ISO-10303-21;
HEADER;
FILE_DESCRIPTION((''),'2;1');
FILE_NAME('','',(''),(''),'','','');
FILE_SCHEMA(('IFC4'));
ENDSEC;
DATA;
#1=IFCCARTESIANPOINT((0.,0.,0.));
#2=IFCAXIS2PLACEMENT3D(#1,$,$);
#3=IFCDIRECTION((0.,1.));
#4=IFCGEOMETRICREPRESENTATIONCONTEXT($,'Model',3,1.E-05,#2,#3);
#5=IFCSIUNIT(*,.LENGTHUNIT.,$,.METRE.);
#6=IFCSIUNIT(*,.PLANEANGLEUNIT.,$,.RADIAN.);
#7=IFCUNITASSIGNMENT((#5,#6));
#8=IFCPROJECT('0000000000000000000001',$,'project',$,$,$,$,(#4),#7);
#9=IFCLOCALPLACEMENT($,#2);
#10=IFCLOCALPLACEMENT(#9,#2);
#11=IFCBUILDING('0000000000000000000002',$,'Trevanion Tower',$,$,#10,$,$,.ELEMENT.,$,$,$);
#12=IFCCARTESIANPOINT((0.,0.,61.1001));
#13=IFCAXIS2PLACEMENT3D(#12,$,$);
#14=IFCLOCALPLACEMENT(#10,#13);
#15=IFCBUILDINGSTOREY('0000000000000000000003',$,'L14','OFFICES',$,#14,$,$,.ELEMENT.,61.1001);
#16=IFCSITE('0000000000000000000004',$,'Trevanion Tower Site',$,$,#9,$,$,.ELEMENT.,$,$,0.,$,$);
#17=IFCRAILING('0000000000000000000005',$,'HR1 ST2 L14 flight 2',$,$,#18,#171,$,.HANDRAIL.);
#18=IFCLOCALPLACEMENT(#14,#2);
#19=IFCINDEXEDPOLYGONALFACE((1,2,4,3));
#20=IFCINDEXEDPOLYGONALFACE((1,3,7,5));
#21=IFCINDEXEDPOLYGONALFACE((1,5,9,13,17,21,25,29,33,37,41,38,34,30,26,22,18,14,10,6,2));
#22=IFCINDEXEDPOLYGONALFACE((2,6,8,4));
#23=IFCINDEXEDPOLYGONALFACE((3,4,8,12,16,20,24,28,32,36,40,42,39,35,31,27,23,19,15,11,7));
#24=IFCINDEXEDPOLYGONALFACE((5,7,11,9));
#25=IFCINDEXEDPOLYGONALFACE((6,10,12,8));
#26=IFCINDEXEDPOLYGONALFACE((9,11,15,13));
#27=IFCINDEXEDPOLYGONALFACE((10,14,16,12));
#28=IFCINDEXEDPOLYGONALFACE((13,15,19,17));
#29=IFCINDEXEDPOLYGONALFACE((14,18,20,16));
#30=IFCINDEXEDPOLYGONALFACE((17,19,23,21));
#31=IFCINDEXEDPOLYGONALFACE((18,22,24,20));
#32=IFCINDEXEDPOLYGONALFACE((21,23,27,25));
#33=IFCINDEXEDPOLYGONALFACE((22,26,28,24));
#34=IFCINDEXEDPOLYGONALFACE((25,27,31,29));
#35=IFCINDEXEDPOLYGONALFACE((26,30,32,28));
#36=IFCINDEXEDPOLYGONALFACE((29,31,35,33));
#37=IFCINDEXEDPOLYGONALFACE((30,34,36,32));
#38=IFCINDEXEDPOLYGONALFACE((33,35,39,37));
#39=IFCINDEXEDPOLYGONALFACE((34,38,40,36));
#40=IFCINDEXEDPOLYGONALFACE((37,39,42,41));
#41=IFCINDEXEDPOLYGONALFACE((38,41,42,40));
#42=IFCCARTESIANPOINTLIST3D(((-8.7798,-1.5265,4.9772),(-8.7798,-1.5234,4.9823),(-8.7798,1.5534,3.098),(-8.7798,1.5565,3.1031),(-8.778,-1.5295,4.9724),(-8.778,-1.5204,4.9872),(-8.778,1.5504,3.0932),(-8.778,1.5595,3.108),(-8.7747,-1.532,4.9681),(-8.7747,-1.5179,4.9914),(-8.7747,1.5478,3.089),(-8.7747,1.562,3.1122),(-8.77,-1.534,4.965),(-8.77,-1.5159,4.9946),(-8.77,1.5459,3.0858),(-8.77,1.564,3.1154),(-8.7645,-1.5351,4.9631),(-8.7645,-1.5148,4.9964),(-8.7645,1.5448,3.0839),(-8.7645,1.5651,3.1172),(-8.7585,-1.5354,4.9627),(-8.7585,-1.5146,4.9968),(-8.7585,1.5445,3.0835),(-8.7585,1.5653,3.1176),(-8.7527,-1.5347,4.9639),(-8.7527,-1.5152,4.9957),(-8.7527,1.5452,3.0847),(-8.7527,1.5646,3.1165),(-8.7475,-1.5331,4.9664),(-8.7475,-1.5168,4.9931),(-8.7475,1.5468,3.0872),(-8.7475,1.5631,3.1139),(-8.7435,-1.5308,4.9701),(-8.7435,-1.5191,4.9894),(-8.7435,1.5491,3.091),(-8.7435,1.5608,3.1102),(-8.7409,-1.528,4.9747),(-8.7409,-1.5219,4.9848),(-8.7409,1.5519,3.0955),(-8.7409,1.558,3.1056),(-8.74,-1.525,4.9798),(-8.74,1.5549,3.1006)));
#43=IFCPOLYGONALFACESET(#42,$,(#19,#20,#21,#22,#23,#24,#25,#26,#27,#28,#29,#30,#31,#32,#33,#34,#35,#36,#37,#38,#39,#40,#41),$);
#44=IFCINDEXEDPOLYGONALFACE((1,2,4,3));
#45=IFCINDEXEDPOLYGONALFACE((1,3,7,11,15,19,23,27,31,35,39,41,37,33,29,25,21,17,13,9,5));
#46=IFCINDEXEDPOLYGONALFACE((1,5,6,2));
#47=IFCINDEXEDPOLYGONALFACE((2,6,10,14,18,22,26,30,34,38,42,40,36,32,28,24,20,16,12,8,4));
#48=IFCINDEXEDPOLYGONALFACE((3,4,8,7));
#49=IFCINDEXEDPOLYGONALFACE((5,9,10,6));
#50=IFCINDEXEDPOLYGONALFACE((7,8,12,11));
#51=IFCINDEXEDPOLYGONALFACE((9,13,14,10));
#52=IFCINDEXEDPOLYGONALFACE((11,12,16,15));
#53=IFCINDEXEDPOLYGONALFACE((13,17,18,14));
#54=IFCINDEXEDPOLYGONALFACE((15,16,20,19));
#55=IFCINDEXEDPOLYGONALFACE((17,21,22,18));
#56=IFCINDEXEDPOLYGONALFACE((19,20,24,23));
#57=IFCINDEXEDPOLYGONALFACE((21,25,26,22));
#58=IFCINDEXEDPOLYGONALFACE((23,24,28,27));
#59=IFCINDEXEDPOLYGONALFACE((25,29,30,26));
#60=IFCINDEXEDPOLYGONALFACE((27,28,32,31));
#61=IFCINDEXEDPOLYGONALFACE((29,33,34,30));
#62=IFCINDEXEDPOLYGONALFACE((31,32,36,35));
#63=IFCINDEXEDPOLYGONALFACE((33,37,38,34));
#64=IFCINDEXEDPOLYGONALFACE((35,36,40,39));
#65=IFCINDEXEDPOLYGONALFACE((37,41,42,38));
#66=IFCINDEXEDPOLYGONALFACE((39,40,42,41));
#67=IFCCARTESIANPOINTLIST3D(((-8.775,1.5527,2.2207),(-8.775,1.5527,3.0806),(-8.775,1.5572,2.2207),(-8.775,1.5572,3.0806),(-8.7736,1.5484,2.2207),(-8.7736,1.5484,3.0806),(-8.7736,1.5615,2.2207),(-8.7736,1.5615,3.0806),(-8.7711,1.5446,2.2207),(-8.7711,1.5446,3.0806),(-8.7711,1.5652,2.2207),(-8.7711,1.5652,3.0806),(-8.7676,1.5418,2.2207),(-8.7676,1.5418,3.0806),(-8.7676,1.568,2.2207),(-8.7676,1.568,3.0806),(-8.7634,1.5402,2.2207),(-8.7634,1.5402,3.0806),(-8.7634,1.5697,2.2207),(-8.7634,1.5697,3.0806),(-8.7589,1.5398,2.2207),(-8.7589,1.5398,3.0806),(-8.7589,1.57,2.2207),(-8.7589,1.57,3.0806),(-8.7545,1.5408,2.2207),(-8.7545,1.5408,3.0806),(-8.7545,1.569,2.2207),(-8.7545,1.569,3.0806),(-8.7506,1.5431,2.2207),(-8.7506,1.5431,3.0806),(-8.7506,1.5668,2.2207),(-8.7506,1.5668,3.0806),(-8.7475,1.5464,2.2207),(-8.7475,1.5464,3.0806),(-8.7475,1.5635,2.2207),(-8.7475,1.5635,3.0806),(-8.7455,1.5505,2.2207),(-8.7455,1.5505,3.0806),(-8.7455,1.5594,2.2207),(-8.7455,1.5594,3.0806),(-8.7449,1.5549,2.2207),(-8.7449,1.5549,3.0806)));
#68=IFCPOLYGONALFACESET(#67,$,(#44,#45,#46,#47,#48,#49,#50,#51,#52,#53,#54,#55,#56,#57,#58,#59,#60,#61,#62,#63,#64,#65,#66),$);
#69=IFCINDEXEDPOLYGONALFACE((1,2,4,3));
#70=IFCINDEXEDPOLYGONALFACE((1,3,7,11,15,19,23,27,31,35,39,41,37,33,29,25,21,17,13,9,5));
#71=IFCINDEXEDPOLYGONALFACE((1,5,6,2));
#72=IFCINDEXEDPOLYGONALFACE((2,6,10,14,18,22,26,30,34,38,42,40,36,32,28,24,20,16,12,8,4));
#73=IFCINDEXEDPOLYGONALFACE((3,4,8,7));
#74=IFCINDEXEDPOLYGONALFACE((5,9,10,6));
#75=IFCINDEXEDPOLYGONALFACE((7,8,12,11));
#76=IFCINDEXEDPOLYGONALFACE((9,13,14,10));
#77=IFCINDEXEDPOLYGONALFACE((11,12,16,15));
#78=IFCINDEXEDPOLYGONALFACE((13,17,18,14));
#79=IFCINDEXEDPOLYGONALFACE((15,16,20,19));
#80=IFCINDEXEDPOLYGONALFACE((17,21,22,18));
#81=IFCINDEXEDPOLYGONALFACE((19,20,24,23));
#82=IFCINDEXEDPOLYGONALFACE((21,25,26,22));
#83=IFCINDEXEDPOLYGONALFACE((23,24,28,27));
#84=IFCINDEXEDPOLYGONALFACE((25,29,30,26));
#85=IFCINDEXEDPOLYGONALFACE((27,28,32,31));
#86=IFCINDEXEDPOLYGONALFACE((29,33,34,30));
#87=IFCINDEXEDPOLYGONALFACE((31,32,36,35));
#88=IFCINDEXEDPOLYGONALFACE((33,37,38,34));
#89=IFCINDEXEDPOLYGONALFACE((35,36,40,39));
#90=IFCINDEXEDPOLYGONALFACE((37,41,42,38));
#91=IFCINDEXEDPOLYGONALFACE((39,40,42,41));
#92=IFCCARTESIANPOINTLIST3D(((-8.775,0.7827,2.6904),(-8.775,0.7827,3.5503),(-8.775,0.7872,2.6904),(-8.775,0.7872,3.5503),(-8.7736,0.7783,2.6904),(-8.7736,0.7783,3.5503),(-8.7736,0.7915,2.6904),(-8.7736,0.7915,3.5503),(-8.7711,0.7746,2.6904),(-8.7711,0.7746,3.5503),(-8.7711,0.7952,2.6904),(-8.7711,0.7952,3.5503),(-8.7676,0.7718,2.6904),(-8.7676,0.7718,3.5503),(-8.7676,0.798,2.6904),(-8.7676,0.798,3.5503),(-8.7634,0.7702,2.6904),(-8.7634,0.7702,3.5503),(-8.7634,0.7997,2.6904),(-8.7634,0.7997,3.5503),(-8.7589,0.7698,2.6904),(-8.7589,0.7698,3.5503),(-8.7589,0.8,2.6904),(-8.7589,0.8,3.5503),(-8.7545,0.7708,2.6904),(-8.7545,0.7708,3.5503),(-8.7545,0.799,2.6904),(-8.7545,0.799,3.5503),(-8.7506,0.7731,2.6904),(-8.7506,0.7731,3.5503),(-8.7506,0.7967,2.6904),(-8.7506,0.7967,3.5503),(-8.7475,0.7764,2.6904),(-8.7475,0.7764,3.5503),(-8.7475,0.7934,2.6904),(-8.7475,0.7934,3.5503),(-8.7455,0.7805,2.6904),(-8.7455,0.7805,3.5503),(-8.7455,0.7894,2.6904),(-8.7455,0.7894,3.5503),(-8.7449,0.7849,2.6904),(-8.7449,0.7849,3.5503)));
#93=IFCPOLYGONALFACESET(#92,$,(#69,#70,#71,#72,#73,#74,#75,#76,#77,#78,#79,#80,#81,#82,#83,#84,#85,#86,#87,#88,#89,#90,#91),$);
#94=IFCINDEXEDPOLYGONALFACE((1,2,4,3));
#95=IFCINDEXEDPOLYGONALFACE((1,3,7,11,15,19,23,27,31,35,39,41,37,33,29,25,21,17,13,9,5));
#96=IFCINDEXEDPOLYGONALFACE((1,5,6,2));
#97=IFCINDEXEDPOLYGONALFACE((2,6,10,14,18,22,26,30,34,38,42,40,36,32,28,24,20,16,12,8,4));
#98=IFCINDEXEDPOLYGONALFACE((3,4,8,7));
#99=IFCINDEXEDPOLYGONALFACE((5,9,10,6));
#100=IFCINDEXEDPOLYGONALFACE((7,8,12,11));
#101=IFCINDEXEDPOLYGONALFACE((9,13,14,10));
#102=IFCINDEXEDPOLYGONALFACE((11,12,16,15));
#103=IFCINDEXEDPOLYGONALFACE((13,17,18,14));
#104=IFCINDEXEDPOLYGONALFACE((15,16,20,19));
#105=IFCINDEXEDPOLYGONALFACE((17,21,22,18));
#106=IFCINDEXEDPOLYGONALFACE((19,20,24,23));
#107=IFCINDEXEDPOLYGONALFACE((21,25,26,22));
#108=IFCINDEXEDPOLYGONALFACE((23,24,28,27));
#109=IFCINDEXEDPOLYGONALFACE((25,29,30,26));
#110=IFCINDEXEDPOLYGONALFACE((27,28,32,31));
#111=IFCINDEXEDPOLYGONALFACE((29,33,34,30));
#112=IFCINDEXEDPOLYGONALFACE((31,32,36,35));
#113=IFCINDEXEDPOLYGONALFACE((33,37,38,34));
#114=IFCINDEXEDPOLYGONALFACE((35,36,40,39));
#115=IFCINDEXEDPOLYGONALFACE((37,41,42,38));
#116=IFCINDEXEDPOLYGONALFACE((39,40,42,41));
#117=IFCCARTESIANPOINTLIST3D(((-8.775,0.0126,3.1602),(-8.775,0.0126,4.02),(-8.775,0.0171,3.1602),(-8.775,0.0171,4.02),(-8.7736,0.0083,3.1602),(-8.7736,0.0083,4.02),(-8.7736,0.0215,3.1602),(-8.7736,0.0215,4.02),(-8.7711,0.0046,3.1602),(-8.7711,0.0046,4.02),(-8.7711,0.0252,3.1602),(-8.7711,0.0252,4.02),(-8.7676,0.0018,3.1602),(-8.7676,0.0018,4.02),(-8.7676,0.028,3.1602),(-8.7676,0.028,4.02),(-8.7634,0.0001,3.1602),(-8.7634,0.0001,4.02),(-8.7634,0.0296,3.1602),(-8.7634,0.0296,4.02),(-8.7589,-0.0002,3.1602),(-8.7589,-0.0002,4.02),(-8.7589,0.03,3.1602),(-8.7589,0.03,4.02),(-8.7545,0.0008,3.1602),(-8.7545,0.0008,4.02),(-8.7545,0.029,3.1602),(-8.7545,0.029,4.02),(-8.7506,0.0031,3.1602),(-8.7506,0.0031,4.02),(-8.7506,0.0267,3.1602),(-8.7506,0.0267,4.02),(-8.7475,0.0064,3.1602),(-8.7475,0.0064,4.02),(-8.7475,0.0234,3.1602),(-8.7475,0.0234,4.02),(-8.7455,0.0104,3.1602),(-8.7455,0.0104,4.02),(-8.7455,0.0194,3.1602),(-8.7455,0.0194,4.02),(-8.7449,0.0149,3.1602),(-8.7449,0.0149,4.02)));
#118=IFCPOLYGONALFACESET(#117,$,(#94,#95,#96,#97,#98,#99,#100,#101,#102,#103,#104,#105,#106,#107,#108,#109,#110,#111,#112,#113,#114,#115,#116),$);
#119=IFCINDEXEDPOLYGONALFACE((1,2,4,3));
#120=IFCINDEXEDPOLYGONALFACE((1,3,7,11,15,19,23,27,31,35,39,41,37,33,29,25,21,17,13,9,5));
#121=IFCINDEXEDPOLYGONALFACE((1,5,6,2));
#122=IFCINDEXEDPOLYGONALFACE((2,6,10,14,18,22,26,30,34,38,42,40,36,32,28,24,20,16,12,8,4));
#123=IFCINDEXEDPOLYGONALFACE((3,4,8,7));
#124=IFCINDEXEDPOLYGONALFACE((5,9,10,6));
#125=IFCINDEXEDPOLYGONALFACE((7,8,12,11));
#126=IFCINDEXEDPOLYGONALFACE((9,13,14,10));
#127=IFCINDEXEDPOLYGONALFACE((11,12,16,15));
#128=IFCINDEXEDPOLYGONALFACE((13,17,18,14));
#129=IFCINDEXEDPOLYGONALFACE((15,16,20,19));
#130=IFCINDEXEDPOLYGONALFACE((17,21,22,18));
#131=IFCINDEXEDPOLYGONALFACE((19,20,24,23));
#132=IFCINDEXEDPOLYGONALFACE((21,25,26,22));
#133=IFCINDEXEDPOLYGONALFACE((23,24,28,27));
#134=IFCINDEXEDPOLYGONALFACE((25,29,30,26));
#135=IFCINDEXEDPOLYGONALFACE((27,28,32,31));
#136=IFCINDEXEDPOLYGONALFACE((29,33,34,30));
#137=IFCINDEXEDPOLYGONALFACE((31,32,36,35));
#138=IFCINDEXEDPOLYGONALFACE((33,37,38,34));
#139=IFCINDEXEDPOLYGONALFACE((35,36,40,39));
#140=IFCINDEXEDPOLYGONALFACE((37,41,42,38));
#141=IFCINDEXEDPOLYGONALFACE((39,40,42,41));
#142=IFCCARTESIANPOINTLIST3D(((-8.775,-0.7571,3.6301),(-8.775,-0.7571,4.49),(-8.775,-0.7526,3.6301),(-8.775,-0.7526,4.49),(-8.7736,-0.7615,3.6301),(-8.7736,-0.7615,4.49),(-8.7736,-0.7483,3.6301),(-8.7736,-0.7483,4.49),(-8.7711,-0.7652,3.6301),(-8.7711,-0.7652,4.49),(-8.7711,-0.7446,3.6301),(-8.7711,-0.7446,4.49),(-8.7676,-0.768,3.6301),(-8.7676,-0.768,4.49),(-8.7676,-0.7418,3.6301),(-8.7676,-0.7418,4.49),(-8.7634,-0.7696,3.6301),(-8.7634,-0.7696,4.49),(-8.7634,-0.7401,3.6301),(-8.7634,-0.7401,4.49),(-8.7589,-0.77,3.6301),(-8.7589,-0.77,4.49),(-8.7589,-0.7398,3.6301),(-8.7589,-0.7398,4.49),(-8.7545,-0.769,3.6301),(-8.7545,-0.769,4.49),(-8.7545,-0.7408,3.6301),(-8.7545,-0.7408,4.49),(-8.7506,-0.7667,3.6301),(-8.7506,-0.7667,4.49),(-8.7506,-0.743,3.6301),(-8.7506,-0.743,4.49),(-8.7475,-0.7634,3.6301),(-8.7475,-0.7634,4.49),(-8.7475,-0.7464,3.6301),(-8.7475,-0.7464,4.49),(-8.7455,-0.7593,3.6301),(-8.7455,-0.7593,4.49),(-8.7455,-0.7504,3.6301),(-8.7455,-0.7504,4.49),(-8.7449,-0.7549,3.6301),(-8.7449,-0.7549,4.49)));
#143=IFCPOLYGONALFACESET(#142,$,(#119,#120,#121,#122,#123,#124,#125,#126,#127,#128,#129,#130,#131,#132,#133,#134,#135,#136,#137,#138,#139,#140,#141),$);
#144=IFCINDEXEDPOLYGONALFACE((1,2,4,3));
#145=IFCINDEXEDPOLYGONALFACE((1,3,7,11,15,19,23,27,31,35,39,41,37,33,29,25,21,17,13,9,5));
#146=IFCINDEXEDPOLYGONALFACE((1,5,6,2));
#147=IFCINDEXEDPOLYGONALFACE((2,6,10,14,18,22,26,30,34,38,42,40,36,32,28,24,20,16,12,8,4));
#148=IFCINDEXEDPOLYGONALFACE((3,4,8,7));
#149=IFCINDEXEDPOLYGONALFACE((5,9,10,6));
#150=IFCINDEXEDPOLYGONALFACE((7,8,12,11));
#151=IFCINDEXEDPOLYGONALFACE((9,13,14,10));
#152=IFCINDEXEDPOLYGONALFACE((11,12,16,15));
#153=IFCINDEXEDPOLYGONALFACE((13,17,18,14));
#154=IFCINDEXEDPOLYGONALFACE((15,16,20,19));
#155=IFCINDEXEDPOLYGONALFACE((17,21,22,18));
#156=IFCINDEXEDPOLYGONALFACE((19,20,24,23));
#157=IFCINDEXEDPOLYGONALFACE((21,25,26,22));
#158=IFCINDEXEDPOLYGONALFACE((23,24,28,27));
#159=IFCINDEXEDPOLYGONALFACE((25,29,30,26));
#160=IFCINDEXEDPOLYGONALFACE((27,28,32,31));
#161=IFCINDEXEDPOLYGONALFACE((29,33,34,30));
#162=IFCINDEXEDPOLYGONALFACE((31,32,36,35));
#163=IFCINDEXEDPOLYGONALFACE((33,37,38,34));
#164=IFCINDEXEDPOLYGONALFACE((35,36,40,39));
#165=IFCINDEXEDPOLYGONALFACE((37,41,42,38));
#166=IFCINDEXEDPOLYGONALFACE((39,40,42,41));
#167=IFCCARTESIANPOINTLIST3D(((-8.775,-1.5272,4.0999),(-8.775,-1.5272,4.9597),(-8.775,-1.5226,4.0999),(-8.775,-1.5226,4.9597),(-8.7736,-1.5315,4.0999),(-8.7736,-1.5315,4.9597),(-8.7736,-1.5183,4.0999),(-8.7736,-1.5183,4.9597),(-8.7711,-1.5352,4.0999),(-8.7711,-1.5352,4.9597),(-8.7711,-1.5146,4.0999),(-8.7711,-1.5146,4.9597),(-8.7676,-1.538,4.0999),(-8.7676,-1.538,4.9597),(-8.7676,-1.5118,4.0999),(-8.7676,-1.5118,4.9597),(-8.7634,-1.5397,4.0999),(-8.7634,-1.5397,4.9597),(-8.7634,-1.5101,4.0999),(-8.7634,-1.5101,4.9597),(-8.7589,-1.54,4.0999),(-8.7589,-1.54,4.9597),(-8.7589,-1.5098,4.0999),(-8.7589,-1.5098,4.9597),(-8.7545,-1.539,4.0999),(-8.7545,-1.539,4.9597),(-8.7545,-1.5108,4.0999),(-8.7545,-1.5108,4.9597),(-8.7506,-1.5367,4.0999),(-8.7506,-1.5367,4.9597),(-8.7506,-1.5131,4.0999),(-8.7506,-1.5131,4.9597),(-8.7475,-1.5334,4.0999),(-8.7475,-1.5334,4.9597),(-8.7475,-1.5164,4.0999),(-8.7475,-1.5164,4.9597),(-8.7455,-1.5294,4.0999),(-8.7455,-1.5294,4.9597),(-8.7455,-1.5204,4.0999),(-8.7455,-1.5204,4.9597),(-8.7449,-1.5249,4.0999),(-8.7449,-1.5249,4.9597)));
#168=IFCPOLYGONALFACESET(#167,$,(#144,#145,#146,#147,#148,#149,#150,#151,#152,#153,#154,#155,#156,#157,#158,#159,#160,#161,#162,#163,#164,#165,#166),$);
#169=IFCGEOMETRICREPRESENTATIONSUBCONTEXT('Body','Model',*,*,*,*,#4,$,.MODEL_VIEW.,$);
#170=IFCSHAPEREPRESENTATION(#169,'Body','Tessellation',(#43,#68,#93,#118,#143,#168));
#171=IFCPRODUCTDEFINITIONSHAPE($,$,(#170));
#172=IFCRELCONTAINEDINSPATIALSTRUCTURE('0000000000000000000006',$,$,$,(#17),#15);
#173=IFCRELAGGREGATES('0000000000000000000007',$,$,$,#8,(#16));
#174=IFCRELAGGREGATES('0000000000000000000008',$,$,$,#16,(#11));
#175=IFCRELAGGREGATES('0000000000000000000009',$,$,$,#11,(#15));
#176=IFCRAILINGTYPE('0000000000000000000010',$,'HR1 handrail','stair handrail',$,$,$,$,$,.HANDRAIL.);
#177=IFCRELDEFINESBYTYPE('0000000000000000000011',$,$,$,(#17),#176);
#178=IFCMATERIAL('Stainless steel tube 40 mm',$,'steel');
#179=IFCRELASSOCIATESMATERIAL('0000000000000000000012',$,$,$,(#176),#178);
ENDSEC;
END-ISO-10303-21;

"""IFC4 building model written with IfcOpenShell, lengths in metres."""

from ifc_helpers import new_model, si_unit, direction, frame, origin, origin_2d, place, context, subcontext, project, spatial, circle, extrude, material, type_object, element, save


model = new_model("IFC4")

# Units and contexts
model_context = context("Model", 3, precision=1e-05, world=origin(), true_north=direction((0.0, 1.0)))
body_context = subcontext(model_context, "Body", "Model", "MODEL_VIEW")
ifc_project = project(units=[si_unit("LENGTHUNIT", "METRE"), si_unit("PLANEANGLEUNIT", "RADIAN")], contexts=[model_context])

# Site, building, storey
site_placement = place(None, origin())
site = spatial("IfcSite", under=ifc_project, at=site_placement, Name="Trevanion Tower Site", CompositionType="ELEMENT", RefElevation=0.0)
building_placement = place(site_placement, origin())
building = spatial("IfcBuilding", under=site, at=building_placement, Name="Trevanion Tower", CompositionType="ELEMENT")
storey_placement = place(building_placement, frame((0.0, 0.0, 61.1001)))
storey = spatial("IfcBuildingStorey", under=building, at=storey_placement, Name="L14", Description="OFFICES", CompositionType="ELEMENT", Elevation=61.1001)

# Railing
ifc_material_1 = material(Name="Stainless steel tube 40 mm", Category="steel")
railing_type = type_object("IfcRailingType", Name="HR1 handrail", Description="stair handrail", PredefinedType="HANDRAIL", material=ifc_material_1)
for number, where, name in (
    (1, (-8.76, 1.5549, 2.2207), "HR1 ST2 L14 flight 2"),
):
    element("IfcRailing", number, at=place(storey_placement, frame(where)), inside=storey, type_object=railing_type, Name=name, PredefinedType="HANDRAIL", context=body_context, shape_type="SweptSolid", body=[
        extrude(circle(Radius=0.02, at=origin_2d()), frame((0.0, 0.0, 0.8799), z_axis=(0.0, -0.853648, 0.52085), x_axis=(1.0, 0.0, 0.0)), (0.0, 0.0, 1.0), 3.6079),
        extrude(circle(Radius=0.0151, at=origin_2d()), origin(), (0.0, 0.0, 1.0), 0.8599),
        extrude(circle(Radius=0.0151, at=origin_2d()), frame((0.0, -0.77, 0.4697)), (0.0, 0.0, 1.0), 0.8599),
        extrude(circle(Radius=0.0151, at=origin_2d()), frame((0.0, -1.54, 0.9395)), (0.0, 0.0, 1.0), 0.8599),
        extrude(circle(Radius=0.0151, at=origin_2d()), frame((0.0, -2.3098, 1.4094)), (0.0, 0.0, 1.0), 0.8599),
        extrude(circle(Radius=0.0151, at=origin_2d()), frame((0.0, -3.0798, 1.8792)), (0.0, 0.0, 1.0), 0.8599),
    ])

save(model, "model.ifc")
